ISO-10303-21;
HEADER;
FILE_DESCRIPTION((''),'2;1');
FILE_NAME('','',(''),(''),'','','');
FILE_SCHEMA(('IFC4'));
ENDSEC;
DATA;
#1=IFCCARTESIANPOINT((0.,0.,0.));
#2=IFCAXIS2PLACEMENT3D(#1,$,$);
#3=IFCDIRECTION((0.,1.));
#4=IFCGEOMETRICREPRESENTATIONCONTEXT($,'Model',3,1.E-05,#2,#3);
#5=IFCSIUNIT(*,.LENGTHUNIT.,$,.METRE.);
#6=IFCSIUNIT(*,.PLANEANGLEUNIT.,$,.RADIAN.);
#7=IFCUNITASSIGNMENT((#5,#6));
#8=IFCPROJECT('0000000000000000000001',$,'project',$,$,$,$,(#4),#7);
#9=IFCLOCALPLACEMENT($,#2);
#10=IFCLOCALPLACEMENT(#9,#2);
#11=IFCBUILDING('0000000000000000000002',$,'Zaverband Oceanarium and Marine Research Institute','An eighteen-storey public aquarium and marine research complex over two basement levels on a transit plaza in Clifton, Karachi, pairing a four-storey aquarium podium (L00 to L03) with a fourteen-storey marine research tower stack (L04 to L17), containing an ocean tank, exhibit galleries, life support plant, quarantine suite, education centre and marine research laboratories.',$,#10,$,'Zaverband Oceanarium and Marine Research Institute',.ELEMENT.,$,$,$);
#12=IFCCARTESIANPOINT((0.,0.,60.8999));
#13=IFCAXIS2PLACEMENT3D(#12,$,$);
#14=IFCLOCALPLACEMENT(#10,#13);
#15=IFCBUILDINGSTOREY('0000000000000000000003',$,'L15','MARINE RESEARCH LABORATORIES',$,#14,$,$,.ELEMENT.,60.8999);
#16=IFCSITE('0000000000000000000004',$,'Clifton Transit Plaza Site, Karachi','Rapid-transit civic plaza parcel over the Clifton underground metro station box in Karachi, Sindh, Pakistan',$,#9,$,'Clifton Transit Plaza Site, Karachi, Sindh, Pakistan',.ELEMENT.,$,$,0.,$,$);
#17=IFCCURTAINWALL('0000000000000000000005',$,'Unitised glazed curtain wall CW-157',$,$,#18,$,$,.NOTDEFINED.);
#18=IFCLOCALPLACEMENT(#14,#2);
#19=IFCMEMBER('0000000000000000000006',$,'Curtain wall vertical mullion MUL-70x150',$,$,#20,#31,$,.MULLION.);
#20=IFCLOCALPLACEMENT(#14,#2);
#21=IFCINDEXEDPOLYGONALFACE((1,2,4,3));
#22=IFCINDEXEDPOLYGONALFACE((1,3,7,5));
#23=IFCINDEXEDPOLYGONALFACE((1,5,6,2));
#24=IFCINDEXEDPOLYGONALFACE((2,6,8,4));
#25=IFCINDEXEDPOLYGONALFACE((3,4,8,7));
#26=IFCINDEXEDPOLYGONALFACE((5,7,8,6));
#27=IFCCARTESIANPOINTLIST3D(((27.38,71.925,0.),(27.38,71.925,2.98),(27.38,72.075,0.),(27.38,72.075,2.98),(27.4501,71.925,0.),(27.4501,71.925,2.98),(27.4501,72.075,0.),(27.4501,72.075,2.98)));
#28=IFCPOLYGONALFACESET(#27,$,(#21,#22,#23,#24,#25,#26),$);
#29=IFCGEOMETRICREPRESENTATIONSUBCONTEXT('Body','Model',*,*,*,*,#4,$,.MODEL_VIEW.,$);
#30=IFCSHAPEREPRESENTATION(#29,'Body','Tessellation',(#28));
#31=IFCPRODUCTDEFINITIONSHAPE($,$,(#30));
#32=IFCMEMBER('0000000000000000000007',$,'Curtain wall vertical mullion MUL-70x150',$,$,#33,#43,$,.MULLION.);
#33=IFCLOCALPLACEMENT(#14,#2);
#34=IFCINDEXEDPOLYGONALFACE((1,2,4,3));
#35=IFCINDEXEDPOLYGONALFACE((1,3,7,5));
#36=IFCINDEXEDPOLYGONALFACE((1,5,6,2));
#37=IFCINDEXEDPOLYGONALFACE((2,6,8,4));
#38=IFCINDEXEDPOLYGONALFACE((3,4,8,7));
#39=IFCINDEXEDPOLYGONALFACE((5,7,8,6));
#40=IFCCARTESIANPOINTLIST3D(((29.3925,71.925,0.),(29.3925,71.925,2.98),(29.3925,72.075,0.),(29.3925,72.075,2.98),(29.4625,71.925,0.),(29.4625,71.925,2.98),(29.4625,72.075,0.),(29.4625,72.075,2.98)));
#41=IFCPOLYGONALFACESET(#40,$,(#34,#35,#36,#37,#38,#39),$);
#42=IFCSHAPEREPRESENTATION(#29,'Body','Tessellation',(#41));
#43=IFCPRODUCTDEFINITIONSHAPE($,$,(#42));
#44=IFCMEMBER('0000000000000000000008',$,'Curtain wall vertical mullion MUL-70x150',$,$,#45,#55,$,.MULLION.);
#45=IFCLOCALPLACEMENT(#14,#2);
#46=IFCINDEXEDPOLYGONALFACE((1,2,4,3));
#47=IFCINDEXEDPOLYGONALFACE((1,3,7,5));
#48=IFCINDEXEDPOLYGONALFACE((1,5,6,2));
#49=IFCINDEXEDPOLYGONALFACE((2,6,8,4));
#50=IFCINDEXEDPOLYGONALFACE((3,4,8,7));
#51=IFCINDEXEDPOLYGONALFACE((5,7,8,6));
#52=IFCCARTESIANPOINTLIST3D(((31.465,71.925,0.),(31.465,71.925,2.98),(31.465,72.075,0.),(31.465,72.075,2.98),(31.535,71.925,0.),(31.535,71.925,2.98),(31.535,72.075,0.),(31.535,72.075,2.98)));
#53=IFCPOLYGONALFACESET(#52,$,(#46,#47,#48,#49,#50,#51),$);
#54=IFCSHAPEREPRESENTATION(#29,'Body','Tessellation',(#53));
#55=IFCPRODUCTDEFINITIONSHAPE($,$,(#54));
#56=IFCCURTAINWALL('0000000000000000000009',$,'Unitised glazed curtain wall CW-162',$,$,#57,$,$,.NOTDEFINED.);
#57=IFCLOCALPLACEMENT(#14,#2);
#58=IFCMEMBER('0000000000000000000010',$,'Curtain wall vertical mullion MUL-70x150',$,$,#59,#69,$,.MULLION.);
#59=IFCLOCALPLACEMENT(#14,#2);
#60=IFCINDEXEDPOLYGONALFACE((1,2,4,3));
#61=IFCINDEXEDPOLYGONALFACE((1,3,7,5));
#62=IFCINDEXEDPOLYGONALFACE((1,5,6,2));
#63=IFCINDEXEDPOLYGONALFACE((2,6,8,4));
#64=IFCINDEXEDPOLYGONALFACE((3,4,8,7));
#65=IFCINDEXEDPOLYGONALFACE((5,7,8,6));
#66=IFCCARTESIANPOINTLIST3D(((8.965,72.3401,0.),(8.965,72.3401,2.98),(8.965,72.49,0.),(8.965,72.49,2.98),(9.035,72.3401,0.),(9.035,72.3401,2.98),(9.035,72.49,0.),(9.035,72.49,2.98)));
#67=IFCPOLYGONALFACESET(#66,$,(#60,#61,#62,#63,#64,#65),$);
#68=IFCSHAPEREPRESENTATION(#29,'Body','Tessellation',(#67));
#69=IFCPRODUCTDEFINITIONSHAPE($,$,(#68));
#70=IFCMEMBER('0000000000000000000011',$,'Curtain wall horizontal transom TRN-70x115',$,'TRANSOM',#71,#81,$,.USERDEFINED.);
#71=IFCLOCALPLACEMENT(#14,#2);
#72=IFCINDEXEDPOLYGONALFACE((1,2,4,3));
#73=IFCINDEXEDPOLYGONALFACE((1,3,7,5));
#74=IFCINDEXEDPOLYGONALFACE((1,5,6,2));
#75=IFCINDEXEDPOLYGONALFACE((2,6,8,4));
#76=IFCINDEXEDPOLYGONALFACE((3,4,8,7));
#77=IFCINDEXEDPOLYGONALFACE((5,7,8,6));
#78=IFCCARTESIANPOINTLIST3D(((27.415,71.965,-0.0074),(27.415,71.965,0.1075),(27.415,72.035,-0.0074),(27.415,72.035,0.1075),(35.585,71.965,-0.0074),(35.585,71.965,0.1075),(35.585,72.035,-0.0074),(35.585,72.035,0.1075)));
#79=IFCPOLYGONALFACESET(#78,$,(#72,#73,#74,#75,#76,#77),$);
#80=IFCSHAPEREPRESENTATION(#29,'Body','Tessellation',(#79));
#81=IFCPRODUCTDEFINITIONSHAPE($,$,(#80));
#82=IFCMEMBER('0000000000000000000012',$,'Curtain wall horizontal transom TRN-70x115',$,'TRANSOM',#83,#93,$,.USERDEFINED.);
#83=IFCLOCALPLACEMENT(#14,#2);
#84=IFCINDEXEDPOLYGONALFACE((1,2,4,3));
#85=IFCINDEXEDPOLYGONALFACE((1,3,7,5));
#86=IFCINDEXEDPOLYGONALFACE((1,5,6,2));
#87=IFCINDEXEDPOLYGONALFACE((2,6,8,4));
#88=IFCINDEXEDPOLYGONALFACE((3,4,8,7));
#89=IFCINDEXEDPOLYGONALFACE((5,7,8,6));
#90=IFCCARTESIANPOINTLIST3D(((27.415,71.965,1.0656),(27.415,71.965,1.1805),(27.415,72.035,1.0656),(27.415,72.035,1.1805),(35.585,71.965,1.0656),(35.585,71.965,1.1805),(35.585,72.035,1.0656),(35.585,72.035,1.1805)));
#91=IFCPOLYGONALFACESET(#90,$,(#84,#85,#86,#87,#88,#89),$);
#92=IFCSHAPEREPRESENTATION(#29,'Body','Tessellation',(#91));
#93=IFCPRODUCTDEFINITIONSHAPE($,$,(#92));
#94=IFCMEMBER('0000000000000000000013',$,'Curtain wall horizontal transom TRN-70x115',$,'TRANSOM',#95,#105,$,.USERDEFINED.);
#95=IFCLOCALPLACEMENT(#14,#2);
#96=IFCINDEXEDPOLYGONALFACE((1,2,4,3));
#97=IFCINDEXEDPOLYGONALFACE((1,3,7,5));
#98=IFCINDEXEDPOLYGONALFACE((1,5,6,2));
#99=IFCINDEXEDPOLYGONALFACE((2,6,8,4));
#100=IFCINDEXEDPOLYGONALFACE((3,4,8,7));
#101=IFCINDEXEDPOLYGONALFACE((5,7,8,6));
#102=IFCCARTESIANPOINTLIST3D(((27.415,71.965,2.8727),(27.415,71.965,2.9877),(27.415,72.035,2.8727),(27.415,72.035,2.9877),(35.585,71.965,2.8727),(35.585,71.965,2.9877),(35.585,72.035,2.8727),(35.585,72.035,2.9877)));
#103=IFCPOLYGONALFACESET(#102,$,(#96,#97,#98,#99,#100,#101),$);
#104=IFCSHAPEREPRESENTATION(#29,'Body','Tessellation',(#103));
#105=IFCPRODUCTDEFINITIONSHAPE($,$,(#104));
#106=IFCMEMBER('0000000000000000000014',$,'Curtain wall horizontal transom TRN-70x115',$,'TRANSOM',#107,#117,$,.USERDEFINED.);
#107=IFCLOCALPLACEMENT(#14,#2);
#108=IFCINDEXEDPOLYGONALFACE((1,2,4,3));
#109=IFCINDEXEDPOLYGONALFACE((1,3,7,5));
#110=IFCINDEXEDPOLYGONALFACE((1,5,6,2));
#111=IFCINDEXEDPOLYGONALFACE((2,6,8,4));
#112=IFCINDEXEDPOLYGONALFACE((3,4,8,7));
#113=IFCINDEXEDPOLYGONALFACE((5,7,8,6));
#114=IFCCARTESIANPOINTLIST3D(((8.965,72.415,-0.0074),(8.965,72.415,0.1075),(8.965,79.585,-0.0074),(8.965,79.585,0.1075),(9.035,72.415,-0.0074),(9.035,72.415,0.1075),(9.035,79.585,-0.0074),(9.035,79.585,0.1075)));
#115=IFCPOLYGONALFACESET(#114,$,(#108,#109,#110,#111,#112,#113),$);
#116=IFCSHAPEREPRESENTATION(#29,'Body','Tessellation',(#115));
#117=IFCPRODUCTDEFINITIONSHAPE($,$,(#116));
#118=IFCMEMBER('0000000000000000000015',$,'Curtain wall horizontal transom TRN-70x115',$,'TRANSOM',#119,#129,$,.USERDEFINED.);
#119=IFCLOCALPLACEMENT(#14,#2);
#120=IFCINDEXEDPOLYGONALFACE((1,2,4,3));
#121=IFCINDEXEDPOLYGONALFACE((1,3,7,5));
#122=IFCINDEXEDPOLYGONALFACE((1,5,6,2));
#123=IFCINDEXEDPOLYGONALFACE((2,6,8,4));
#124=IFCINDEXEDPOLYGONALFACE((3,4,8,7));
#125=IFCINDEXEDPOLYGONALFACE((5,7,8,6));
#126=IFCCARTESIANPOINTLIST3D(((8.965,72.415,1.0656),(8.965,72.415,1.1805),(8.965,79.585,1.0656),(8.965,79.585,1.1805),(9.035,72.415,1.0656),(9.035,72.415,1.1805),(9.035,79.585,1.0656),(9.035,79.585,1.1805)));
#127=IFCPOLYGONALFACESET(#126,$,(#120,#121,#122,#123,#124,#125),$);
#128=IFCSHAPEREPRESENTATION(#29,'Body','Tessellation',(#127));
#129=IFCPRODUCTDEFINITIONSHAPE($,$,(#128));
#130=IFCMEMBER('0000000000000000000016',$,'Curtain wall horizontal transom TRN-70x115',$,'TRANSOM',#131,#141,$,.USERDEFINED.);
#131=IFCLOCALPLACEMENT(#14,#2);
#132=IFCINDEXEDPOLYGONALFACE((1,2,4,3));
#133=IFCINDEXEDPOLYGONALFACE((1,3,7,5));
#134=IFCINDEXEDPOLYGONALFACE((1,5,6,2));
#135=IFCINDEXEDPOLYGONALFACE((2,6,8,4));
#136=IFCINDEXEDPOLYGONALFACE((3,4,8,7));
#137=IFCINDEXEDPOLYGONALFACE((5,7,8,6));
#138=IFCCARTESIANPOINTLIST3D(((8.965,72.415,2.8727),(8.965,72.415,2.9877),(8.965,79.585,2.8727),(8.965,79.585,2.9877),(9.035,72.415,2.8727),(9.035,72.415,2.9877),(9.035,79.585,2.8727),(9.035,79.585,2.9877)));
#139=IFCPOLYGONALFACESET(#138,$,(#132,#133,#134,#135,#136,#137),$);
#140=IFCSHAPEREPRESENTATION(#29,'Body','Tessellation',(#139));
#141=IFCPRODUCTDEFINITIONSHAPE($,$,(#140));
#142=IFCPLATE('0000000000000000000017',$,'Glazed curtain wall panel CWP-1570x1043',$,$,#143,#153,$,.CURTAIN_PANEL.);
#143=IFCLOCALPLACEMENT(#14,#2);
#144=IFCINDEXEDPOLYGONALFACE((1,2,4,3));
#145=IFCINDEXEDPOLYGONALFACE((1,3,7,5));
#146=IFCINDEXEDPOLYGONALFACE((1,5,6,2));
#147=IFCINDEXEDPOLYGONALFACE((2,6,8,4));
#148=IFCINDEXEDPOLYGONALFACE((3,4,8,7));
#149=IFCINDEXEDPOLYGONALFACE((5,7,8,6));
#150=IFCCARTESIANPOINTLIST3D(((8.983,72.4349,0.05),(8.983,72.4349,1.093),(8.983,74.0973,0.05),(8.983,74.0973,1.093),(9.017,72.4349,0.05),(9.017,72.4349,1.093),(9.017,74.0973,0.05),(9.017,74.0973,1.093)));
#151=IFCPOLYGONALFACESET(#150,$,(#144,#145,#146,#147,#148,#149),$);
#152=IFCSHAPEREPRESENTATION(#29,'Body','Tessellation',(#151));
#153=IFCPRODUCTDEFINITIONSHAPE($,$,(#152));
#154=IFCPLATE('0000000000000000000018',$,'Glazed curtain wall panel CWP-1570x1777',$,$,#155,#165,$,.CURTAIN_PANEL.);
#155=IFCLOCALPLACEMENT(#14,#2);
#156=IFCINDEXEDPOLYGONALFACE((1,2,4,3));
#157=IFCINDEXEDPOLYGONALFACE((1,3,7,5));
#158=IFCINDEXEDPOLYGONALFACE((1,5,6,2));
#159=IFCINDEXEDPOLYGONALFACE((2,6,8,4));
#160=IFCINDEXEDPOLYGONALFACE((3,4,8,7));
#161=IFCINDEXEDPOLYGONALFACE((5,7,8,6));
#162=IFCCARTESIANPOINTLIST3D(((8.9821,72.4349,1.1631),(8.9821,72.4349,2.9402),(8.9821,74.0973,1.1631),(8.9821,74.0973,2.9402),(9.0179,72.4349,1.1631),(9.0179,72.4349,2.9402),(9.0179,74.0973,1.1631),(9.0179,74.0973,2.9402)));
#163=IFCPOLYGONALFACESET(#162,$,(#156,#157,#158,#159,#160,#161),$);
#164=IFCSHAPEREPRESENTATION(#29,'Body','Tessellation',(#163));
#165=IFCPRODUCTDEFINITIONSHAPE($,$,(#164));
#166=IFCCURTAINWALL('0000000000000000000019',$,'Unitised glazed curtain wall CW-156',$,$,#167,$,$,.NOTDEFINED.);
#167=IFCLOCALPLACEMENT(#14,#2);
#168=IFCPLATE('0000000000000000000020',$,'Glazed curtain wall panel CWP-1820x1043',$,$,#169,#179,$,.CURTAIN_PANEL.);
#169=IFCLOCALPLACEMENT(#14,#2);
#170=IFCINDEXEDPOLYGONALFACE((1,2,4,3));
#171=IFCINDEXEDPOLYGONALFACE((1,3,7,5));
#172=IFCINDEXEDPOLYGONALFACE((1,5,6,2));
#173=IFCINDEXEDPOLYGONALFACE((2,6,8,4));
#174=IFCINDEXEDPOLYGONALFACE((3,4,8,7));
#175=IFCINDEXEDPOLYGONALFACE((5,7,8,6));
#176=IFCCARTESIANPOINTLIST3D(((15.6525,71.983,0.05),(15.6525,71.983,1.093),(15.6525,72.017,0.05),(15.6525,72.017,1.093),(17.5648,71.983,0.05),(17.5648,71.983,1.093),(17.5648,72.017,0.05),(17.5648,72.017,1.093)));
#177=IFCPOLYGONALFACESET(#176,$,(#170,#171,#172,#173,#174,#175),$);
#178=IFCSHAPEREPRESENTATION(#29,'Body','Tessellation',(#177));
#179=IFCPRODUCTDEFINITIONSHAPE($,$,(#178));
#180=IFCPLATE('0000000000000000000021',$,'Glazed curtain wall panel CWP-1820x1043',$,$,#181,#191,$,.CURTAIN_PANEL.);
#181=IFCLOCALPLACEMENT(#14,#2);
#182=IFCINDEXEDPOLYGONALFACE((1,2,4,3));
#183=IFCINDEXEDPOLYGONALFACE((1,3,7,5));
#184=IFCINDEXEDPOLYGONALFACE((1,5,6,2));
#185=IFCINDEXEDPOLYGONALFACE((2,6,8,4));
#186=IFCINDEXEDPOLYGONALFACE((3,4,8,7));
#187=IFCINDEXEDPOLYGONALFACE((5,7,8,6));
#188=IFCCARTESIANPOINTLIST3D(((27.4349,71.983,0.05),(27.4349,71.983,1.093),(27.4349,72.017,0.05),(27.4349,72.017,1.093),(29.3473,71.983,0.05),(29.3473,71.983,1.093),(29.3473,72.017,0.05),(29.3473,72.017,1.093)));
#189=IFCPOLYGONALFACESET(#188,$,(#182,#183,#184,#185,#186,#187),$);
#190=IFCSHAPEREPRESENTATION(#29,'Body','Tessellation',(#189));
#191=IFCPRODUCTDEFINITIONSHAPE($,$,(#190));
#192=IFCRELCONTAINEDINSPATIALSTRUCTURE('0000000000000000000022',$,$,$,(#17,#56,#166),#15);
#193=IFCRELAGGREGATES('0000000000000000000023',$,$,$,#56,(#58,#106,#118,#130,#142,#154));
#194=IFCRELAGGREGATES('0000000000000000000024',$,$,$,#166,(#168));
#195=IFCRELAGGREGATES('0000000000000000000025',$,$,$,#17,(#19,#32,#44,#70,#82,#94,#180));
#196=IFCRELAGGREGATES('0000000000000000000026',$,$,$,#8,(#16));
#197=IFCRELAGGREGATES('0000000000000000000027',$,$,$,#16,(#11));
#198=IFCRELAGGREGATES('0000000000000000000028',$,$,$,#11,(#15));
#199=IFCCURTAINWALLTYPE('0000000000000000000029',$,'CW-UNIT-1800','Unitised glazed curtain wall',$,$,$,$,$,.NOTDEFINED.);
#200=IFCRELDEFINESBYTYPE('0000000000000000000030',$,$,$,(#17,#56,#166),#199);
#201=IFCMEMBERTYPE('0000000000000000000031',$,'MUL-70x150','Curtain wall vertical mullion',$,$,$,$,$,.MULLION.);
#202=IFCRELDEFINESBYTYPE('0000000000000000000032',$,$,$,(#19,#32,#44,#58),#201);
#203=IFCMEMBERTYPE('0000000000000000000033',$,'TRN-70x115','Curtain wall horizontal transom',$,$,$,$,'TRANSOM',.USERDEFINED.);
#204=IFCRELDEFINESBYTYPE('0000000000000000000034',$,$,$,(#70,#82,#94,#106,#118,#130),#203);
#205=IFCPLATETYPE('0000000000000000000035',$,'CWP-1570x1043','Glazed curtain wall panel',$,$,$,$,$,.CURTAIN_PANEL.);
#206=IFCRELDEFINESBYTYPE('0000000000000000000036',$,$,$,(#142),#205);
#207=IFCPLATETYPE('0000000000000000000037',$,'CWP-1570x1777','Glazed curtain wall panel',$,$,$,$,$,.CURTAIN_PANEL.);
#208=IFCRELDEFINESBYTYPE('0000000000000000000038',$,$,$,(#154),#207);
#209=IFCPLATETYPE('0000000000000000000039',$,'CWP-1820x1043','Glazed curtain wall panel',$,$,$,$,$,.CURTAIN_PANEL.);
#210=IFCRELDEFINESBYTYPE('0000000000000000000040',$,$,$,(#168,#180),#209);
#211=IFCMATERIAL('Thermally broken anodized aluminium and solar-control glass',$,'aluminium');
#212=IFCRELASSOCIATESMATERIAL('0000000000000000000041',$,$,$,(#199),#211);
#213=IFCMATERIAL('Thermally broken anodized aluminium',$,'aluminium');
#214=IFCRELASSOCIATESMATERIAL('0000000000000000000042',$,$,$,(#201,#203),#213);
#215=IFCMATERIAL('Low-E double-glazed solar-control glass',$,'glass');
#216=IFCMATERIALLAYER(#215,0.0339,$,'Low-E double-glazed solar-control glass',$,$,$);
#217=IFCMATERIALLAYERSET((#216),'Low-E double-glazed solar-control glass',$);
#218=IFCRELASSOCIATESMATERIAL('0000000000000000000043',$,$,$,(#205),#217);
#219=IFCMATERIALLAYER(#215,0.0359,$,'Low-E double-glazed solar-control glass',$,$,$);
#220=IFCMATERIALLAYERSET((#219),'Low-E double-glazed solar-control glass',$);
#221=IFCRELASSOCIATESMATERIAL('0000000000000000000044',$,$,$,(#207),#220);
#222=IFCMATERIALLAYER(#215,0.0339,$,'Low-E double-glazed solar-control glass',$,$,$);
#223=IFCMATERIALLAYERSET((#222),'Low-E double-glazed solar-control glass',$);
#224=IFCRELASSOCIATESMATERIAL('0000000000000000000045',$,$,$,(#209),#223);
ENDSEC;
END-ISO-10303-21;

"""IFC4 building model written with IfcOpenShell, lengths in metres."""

from ifc_helpers import new_model, si_unit, direction, frame, frame_2d, origin, origin_2d, place, context, subcontext, project, spatial, rectangle, extrude, material, layer, layer_set, material_profile, profile_set, type_object, element, aggregate, save


model = new_model("IFC4")

# Units and contexts
model_context = context("Model", 3, precision=1e-05, world=origin(), true_north=direction((0.0, 1.0)))
body_context = subcontext(model_context, "Body", "Model", "MODEL_VIEW")
ifc_project = project(units=[si_unit("LENGTHUNIT", "METRE"), si_unit("PLANEANGLEUNIT", "RADIAN")], contexts=[model_context])

# Site, building, storey
site_placement = place(None, origin())
site = spatial("IfcSite", under=ifc_project, at=site_placement, Name="Clifton Transit Plaza Site, Karachi", Description="Rapid-transit civic plaza parcel over the Clifton underground metro station box in Karachi, Sindh, Pakistan", LongName="Clifton Transit Plaza Site, Karachi, Sindh, Pakistan", CompositionType="ELEMENT", RefElevation=0.0)
building_placement = place(site_placement, origin())
building = spatial("IfcBuilding", under=site, at=building_placement, Name="Zaverband Oceanarium and Marine Research Institute", Description="An eighteen-storey public aquarium and marine research complex over two basement levels on a transit plaza in Clifton, Karachi, pairing a four-storey aquarium podium (L00 to L03) with a fourteen-storey marine research tower stack (L04 to L17), containing an ocean tank, exhibit galleries, life support plant, quarantine suite, education centre and marine research laboratories.", LongName="Zaverband Oceanarium and Marine Research Institute", CompositionType="ELEMENT")
storey_placement = place(building_placement, frame((0.0, 0.0, 60.8999)))
storey = spatial("IfcBuildingStorey", under=building, at=storey_placement, Name="L15", Description="MARINE RESEARCH LABORATORIES", CompositionType="ELEMENT", Elevation=60.8999)

# Curtain wall, members
ifc_material_1 = material(Name="Thermally broken anodized aluminium and solar-control glass", Category="aluminium")
curtain_wall_type = type_object("IfcCurtainWallType", Name="CW-UNIT-1800", Description="Unitised glazed curtain wall", PredefinedType="NOTDEFINED", material=ifc_material_1)
curtain_wall_1_placement = place(storey_placement, origin())
curtain_wall_1 = element("IfcCurtainWall", 1, at=curtain_wall_1_placement, inside=storey, type_object=curtain_wall_type, Name="Unitised glazed curtain wall CW-157", PredefinedType="NOTDEFINED")
ifc_material_2 = material(Name="Thermally broken anodized aluminium", Category="aluminium")
ifc_material_profile_1 = material_profile(ifc_material_2, rectangle(XDim=0.0701, YDim=0.1499, at=origin_2d()), Name="AL-MUL-70x150")
ifc_profile_set_1 = profile_set([ifc_material_profile_1], Name="Thermally broken anodized aluminium")
member_type_1 = type_object("IfcMemberType", Name="MUL-70x150", Description="Curtain wall vertical mullion", PredefinedType="MULLION", material=ifc_profile_set_1)
member_1_placement = place(storey_placement, frame((27.415, 72.0, 0.0), z_axis=(0.0, 0.0, 1.0), x_axis=(1.0, 0.0, 0.0)))
member_1 = element("IfcMember", 2, at=member_1_placement, type_object=member_type_1, Name="Curtain wall vertical mullion MUL-70x150", PredefinedType="MULLION", context=body_context, shape_type="SweptSolid", body=[
    extrude(rectangle(XDim=0.0701, YDim=0.1499, at=origin_2d()), origin(), (0.0, 0.0, 1.0), 2.98),
])
member_2_placement = place(storey_placement, frame((29.4275, 72.0, 0.0), z_axis=(0.0, 0.0, 1.0), x_axis=(1.0, 0.0, 0.0)))
member_2 = element("IfcMember", 3, at=member_2_placement, type_object=member_type_1, Name="Curtain wall vertical mullion MUL-70x150", PredefinedType="MULLION", context=body_context, shape_type="SweptSolid", body=[
    extrude(rectangle(XDim=0.0701, YDim=0.1499, at=origin_2d()), origin(), (0.0, 0.0, 1.0), 2.98),
])
member_3_placement = place(storey_placement, frame((31.5, 72.0, 0.0), z_axis=(0.0, 0.0, 1.0), x_axis=(1.0, 0.0, 0.0)))
member_3 = element("IfcMember", 4, at=member_3_placement, type_object=member_type_1, Name="Curtain wall vertical mullion MUL-70x150", PredefinedType="MULLION", context=body_context, shape_type="SweptSolid", body=[
    extrude(rectangle(XDim=0.0701, YDim=0.1499, at=origin_2d()), origin(), (0.0, 0.0, 1.0), 2.98),
])

# Curtain wall, member
curtain_wall_2_placement = place(storey_placement, origin())
curtain_wall_2 = element("IfcCurtainWall", 5, at=curtain_wall_2_placement, inside=storey, type_object=curtain_wall_type, Name="Unitised glazed curtain wall CW-162", PredefinedType="NOTDEFINED")
member_4_placement = place(storey_placement, frame((9.0, 72.415, 0.0), z_axis=(0.0, 0.0, 1.0), x_axis=(1.0, 0.0, 0.0)))
member_4 = element("IfcMember", 6, at=member_4_placement, type_object=member_type_1, Name="Curtain wall vertical mullion MUL-70x150", PredefinedType="MULLION", context=body_context, shape_type="SweptSolid", body=[
    extrude(rectangle(XDim=0.0701, YDim=0.1499, at=origin_2d()), origin(), (0.0, 0.0, 1.0), 2.98),
])

# Members
ifc_material_profile_2 = material_profile(ifc_material_2, rectangle(XDim=0.0701, YDim=0.115, at=origin_2d()), Name="AL-TRN-70x115")
ifc_profile_set_2 = profile_set([ifc_material_profile_2], Name="Thermally broken anodized aluminium")
member_type_2 = type_object("IfcMemberType", Name="TRN-70x115", Description="Curtain wall horizontal transom", ElementType="TRANSOM", PredefinedType="USERDEFINED", material=ifc_profile_set_2)
member_5_placement = place(storey_placement, frame((27.415, 72.0, 0.05), z_axis=(1.0, 0.0, 0.0), x_axis=(0.0, 1.0, 0.0)))
member_5 = element("IfcMember", 7, at=member_5_placement, type_object=member_type_2, Name="Curtain wall horizontal transom TRN-70x115", ObjectType="TRANSOM", PredefinedType="USERDEFINED", context=body_context, shape_type="SweptSolid", body=[
    extrude(rectangle(XDim=0.0701, YDim=0.115, at=origin_2d()), origin(), (0.0, 0.0, 1.0), 8.1699),
])
member_6_placement = place(storey_placement, frame((27.415, 72.0, 1.123), z_axis=(1.0, 0.0, 0.0), x_axis=(0.0, 1.0, 0.0)))
member_6 = element("IfcMember", 8, at=member_6_placement, type_object=member_type_2, Name="Curtain wall horizontal transom TRN-70x115", ObjectType="TRANSOM", PredefinedType="USERDEFINED", context=body_context, shape_type="SweptSolid", body=[
    extrude(rectangle(XDim=0.0701, YDim=0.115, at=origin_2d()), origin(), (0.0, 0.0, 1.0), 8.1699),
])
member_7_placement = place(storey_placement, frame((27.415, 72.0, 2.9302), z_axis=(1.0, 0.0, 0.0), x_axis=(0.0, 1.0, 0.0)))
member_7 = element("IfcMember", 9, at=member_7_placement, type_object=member_type_2, Name="Curtain wall horizontal transom TRN-70x115", ObjectType="TRANSOM", PredefinedType="USERDEFINED", context=body_context, shape_type="SweptSolid", body=[
    extrude(rectangle(XDim=0.0701, YDim=0.115, at=origin_2d()), origin(), (0.0, 0.0, 1.0), 8.1699),
])
member_8_placement = place(storey_placement, frame((9.0, 72.415, 0.05), z_axis=(0.0, 1.0, 0.0), x_axis=(-1.0, 0.0, 0.0)))
member_8 = element("IfcMember", 10, at=member_8_placement, type_object=member_type_2, Name="Curtain wall horizontal transom TRN-70x115", ObjectType="TRANSOM", PredefinedType="USERDEFINED", context=body_context, shape_type="SweptSolid", body=[
    extrude(rectangle(XDim=0.0701, YDim=0.115, at=origin_2d()), origin(), (0.0, 0.0, 1.0), 7.1699),
])
member_9_placement = place(storey_placement, frame((9.0, 72.415, 1.123), z_axis=(0.0, 1.0, 0.0), x_axis=(-1.0, 0.0, 0.0)))
member_9 = element("IfcMember", 11, at=member_9_placement, type_object=member_type_2, Name="Curtain wall horizontal transom TRN-70x115", ObjectType="TRANSOM", PredefinedType="USERDEFINED", context=body_context, shape_type="SweptSolid", body=[
    extrude(rectangle(XDim=0.0701, YDim=0.115, at=origin_2d()), origin(), (0.0, 0.0, 1.0), 7.1699),
])
member_10_placement = place(storey_placement, frame((9.0, 72.415, 2.9302), z_axis=(0.0, 1.0, 0.0), x_axis=(-1.0, 0.0, 0.0)))
member_10 = element("IfcMember", 12, at=member_10_placement, type_object=member_type_2, Name="Curtain wall horizontal transom TRN-70x115", ObjectType="TRANSOM", PredefinedType="USERDEFINED", context=body_context, shape_type="SweptSolid", body=[
    extrude(rectangle(XDim=0.0701, YDim=0.115, at=origin_2d()), origin(), (0.0, 0.0, 1.0), 7.1699),
])

# Plates
ifc_material_3 = material(Name="Low-E double-glazed solar-control glass", Category="glass")
ifc_layer_1 = layer(ifc_material_3, 0.0339, Name="Low-E double-glazed solar-control glass")
ifc_layer_set_1 = layer_set([ifc_layer_1], Name="Low-E double-glazed solar-control glass")
plate_type_1 = type_object("IfcPlateType", Name="CWP-1570x1043", Description="Glazed curtain wall panel", PredefinedType="CURTAIN_PANEL", material=ifc_layer_set_1)
plate_1_placement = place(storey_placement, frame((9.0, 72.4351, 0.05), z_axis=(0.0, 0.0, 1.0), x_axis=(0.0, 1.0, 0.0)))
plate_1 = element("IfcPlate", 13, at=plate_1_placement, type_object=plate_type_1, Name="Glazed curtain wall panel CWP-1570x1043", PredefinedType="CURTAIN_PANEL", context=body_context, shape_type="SweptSolid", body=[
    extrude(rectangle(XDim=1.6624, YDim=0.0339, at=frame_2d((0.8311, 0.0))), origin(), (0.0, 0.0, 1.0), 1.043),
])
ifc_layer_2 = layer(ifc_material_3, 0.0359, Name="Low-E double-glazed solar-control glass")
ifc_layer_set_2 = layer_set([ifc_layer_2], Name="Low-E double-glazed solar-control glass")
plate_type_2 = type_object("IfcPlateType", Name="CWP-1570x1777", Description="Glazed curtain wall panel", PredefinedType="CURTAIN_PANEL", material=ifc_layer_set_2)
plate_2_placement = place(storey_placement, frame((9.0, 72.4351, 1.1631), z_axis=(0.0, 0.0, 1.0), x_axis=(0.0, 1.0, 0.0)))
plate_2 = element("IfcPlate", 14, at=plate_2_placement, type_object=plate_type_2, Name="Glazed curtain wall panel CWP-1570x1777", PredefinedType="CURTAIN_PANEL", context=body_context, shape_type="SweptSolid", body=[
    extrude(rectangle(XDim=1.6624, YDim=0.0359, at=frame_2d((0.8311, 0.0))), origin(), (0.0, 0.0, 1.0), 1.7771),
])
aggregate(curtain_wall_2, [member_4, member_8, member_9, member_10, plate_1, plate_2])

# Curtain wall, plate
curtain_wall_3_placement = place(storey_placement, origin())
curtain_wall_3 = element("IfcCurtainWall", 15, at=curtain_wall_3_placement, inside=storey, type_object=curtain_wall_type, Name="Unitised glazed curtain wall CW-156", PredefinedType="NOTDEFINED")
ifc_layer_3 = layer(ifc_material_3, 0.0339, Name="Low-E double-glazed solar-control glass")
ifc_layer_set_3 = layer_set([ifc_layer_3], Name="Low-E double-glazed solar-control glass")
plate_type_3 = type_object("IfcPlateType", Name="CWP-1820x1043", Description="Glazed curtain wall panel", PredefinedType="CURTAIN_PANEL", material=ifc_layer_set_3)
plate_3_placement = place(storey_placement, frame((15.6526, 72.0, 0.05), z_axis=(0.0, 0.0, 1.0), x_axis=(1.0, 0.0, 0.0)))
plate_3 = element("IfcPlate", 16, at=plate_3_placement, type_object=plate_type_3, Name="Glazed curtain wall panel CWP-1820x1043", PredefinedType="CURTAIN_PANEL", context=body_context, shape_type="SweptSolid", body=[
    extrude(rectangle(XDim=1.9124, YDim=0.0339, at=frame_2d((0.9561, 0.0))), origin(), (0.0, 0.0, 1.0), 1.043),
])

# Plate
plate_4_placement = place(storey_placement, frame((27.4351, 72.0, 0.05), z_axis=(0.0, 0.0, 1.0), x_axis=(1.0, 0.0, 0.0)))
plate_4 = element("IfcPlate", 17, at=plate_4_placement, type_object=plate_type_3, Name="Glazed curtain wall panel CWP-1820x1043", PredefinedType="CURTAIN_PANEL", context=body_context, shape_type="SweptSolid", body=[
    extrude(rectangle(XDim=1.9124, YDim=0.0339, at=frame_2d((0.9561, 0.0))), origin(), (0.0, 0.0, 1.0), 1.043),
])
aggregate(curtain_wall_3, [plate_3])
aggregate(curtain_wall_1, [member_1, member_2, member_3, member_5, member_6, member_7, plate_4])

save(model, "model.ifc")
